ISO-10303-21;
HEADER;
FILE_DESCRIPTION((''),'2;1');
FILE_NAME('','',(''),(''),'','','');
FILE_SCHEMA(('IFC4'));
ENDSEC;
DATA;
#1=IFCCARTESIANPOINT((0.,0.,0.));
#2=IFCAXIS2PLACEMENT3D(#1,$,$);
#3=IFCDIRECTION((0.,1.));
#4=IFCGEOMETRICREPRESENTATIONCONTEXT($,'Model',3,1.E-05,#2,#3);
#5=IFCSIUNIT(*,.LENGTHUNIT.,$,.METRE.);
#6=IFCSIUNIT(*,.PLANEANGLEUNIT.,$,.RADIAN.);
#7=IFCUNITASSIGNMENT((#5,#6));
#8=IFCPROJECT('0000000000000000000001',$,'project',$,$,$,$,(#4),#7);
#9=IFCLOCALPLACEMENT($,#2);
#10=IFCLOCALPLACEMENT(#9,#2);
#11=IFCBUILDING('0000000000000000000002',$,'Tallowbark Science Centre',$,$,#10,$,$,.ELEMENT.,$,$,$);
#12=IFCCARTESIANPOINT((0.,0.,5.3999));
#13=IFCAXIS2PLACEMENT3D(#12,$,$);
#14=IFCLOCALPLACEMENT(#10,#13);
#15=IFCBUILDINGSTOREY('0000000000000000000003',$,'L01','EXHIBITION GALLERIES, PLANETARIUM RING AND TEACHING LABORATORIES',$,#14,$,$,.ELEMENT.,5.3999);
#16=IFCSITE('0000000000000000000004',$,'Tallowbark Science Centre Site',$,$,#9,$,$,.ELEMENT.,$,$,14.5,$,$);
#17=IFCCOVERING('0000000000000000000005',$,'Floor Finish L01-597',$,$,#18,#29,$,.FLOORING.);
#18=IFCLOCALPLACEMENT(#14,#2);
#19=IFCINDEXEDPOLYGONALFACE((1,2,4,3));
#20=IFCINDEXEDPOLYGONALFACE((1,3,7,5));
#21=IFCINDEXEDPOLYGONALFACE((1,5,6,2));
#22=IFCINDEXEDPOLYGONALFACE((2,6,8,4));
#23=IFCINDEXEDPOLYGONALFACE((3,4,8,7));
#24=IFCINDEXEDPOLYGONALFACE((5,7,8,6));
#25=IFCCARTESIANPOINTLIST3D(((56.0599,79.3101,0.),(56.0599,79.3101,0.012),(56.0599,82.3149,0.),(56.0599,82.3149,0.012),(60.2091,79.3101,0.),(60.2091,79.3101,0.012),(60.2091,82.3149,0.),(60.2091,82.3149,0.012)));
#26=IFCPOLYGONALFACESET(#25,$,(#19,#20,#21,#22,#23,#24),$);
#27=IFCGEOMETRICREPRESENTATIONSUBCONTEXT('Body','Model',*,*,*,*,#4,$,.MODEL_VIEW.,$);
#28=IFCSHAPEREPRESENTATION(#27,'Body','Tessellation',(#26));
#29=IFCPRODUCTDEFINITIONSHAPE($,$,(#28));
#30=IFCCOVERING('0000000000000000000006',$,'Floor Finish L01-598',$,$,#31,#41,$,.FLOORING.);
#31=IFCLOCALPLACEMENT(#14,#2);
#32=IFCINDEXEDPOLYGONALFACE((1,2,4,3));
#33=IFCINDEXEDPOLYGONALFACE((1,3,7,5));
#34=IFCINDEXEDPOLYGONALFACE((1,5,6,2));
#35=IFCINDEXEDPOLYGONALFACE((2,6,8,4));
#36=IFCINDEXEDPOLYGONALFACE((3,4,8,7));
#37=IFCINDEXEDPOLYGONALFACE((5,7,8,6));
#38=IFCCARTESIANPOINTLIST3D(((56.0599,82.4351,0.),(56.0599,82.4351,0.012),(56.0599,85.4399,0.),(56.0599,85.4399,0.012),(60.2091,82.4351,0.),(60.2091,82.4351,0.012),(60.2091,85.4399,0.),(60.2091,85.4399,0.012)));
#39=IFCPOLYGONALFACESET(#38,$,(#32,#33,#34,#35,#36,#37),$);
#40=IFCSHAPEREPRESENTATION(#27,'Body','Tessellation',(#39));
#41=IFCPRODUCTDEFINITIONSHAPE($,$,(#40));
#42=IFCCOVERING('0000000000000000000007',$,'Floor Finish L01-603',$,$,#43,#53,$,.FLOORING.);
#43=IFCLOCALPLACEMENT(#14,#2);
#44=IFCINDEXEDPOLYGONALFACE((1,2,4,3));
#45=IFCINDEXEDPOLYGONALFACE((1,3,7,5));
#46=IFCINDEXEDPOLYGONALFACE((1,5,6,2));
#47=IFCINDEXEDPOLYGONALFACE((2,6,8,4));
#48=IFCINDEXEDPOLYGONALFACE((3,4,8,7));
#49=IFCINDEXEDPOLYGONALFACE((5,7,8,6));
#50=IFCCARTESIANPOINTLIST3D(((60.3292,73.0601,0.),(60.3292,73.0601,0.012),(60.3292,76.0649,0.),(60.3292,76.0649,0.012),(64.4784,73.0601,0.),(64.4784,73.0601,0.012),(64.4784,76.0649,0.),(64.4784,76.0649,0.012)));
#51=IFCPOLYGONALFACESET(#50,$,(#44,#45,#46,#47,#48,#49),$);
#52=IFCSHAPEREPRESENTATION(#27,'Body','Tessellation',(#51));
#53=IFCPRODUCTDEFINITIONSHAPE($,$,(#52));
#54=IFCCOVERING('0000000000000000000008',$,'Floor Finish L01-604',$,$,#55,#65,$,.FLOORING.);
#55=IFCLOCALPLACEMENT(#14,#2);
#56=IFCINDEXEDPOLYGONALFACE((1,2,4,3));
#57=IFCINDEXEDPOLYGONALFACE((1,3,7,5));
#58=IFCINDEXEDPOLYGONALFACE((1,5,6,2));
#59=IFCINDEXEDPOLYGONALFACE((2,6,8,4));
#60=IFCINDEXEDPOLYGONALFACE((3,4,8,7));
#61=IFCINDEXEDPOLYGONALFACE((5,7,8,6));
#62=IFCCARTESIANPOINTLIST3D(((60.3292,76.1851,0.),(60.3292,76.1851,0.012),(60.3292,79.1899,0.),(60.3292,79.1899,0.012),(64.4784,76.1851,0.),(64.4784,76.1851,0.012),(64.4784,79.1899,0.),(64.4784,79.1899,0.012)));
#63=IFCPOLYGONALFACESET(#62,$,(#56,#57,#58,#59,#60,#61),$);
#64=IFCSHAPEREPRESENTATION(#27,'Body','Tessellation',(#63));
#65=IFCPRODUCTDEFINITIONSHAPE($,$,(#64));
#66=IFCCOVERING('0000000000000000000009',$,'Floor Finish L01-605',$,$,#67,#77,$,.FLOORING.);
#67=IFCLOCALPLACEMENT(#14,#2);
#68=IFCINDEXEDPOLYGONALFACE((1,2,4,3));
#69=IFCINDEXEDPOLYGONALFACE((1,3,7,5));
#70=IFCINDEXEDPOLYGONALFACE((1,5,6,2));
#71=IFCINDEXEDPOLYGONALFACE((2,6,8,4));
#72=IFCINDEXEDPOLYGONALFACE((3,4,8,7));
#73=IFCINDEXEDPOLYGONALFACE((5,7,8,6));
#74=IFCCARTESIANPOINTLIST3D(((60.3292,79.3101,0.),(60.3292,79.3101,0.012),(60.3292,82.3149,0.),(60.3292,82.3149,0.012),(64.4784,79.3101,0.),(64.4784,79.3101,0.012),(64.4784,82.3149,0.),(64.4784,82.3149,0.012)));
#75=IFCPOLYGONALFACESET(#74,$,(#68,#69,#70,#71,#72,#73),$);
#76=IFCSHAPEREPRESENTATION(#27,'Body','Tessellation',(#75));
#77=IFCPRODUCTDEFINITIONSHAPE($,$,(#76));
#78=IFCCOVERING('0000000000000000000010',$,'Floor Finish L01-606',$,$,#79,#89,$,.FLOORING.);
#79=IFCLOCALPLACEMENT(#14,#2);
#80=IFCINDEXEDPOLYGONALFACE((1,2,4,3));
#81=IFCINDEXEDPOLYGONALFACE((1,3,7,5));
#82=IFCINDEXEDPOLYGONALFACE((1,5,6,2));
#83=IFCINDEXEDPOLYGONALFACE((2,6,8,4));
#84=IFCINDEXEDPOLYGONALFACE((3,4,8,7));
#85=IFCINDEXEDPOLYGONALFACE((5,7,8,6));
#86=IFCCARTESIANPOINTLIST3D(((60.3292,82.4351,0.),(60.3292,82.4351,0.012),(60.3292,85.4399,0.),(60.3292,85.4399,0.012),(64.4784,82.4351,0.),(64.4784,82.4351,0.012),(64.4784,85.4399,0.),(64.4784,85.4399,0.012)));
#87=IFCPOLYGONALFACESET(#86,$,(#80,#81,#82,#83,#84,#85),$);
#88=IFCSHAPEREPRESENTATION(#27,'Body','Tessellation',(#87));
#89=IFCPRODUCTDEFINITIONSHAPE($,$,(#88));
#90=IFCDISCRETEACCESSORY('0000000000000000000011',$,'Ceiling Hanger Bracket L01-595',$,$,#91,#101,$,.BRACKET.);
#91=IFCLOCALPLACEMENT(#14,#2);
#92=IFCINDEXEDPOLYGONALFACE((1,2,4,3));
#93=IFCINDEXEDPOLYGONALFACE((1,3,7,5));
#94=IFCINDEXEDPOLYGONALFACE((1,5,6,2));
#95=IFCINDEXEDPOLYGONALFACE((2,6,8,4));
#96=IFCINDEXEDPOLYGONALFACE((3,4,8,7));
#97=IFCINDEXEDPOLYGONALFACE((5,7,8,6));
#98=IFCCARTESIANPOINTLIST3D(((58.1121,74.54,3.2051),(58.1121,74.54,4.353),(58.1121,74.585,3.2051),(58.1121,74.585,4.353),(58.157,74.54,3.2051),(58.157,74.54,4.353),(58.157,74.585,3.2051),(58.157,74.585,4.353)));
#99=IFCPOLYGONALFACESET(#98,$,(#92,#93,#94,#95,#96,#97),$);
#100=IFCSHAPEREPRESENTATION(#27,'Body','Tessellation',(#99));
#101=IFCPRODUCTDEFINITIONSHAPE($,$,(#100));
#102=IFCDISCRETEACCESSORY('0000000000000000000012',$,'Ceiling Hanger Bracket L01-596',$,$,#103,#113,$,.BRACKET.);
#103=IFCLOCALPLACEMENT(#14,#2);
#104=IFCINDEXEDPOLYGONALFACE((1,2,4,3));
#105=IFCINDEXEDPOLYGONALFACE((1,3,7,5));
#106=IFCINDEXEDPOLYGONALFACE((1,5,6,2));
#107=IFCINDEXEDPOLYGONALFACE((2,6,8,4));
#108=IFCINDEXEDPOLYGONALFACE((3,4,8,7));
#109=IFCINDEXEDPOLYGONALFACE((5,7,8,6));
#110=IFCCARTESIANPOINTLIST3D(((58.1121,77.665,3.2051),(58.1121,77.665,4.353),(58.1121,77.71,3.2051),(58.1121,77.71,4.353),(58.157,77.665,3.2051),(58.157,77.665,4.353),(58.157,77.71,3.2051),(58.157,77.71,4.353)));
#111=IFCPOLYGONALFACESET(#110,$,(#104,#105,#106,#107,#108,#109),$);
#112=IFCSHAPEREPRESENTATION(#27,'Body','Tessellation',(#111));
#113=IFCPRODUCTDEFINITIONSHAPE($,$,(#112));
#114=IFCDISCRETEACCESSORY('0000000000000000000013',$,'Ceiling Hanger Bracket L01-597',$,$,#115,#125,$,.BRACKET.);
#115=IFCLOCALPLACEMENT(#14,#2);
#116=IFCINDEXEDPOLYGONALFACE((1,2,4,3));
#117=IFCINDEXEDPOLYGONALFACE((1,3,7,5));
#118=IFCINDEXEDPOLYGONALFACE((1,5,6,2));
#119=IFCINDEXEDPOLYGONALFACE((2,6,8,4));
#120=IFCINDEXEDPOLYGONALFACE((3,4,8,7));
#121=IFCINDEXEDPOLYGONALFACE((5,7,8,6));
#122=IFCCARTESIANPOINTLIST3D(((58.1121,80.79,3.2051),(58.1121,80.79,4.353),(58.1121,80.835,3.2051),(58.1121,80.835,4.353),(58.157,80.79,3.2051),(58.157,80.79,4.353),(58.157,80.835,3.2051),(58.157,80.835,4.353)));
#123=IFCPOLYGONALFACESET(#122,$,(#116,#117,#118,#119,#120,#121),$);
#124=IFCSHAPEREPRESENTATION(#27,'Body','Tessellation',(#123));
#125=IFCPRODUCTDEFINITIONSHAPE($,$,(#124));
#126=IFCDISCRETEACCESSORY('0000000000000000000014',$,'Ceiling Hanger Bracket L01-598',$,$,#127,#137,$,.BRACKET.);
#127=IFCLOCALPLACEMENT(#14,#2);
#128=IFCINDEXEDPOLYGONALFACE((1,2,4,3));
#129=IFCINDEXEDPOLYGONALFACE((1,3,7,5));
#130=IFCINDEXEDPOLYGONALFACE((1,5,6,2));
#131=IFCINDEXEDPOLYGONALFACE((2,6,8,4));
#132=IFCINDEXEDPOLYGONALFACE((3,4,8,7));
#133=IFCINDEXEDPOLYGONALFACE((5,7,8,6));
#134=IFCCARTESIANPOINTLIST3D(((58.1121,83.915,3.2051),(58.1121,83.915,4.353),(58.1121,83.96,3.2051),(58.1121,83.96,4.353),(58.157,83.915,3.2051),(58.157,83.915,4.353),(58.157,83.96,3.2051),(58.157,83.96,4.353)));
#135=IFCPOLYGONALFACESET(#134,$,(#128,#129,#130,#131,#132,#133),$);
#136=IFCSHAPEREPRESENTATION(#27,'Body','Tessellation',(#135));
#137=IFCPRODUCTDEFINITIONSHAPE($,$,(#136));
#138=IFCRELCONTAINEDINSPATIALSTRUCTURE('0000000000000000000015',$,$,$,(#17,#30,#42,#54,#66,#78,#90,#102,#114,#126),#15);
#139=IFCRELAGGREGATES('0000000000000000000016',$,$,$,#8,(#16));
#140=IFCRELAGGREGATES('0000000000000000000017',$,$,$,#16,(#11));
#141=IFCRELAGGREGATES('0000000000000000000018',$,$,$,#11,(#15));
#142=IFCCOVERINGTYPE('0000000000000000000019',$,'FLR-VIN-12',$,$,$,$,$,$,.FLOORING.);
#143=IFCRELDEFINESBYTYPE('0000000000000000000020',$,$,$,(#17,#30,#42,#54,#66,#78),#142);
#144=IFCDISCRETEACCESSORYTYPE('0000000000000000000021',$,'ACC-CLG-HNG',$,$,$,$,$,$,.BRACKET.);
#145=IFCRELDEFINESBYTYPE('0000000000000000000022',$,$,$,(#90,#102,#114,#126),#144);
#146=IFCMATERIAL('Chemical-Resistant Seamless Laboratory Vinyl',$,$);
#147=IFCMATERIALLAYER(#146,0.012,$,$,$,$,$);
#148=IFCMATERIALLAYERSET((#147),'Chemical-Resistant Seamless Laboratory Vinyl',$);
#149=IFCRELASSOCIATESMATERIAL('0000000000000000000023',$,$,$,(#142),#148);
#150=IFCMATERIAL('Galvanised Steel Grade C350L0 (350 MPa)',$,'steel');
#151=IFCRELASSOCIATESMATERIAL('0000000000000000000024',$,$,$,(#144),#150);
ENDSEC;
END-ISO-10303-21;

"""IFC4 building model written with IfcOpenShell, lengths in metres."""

from ifc_helpers import new_model, si_unit, direction, frame, origin, origin_2d, place, context, subcontext, project, spatial, rectangle, extrude, material, layer, layer_set, type_object, element, save


model = new_model("IFC4")

# Units and contexts
model_context = context("Model", 3, precision=1e-05, world=origin(), true_north=direction((0.0, 1.0)))
body_context = subcontext(model_context, "Body", "Model", "MODEL_VIEW")
ifc_project = project(units=[si_unit("LENGTHUNIT", "METRE"), si_unit("PLANEANGLEUNIT", "RADIAN")], contexts=[model_context])

# Site, building, storey
site_placement = place(None, origin())
site = spatial("IfcSite", under=ifc_project, at=site_placement, Name="Tallowbark Science Centre Site", CompositionType="ELEMENT", RefElevation=14.5)
building_placement = place(site_placement, origin())
building = spatial("IfcBuilding", under=site, at=building_placement, Name="Tallowbark Science Centre", CompositionType="ELEMENT")
storey_placement = place(building_placement, frame((0.0, 0.0, 5.3999)))
storey = spatial("IfcBuildingStorey", under=building, at=storey_placement, Name="L01", Description="EXHIBITION GALLERIES, PLANETARIUM RING AND TEACHING LABORATORIES", CompositionType="ELEMENT", Elevation=5.3999)

# Coverings
ifc_material_1 = material(Name="Chemical-Resistant Seamless Laboratory Vinyl")
ifc_layer_1 = layer(ifc_material_1, 0.012)
ifc_layer_set_1 = layer_set([ifc_layer_1], Name="Chemical-Resistant Seamless Laboratory Vinyl")
covering_type_1 = type_object("IfcCoveringType", Name="FLR-VIN-12", PredefinedType="FLOORING", material=ifc_layer_set_1)
for number, where, z_axis, x_axis, name in (
    (1, (58.1345, 80.8125, 0.0), (0.0, 0.0, 1.0), (1.0, 0.0, 0.0), "Floor Finish L01-597"),
    (2, (58.1345, 83.9375, 0.0), (0.0, 0.0, 1.0), (1.0, 0.0, 0.0), "Floor Finish L01-598"),
    (3, (62.4038, 74.5625, 0.0), (0.0, 0.0, 1.0), (1.0, 0.0, 0.0), "Floor Finish L01-603"),
    (4, (62.4038, 77.6875, 0.0), (0.0, 0.0, 1.0), (1.0, 0.0, 0.0), "Floor Finish L01-604"),
    (5, (62.4038, 80.8125, 0.0), (0.0, 0.0, 1.0), (1.0, 0.0, 0.0), "Floor Finish L01-605"),
    (6, (62.4038, 83.9375, 0.0), (0.0, 0.0, 1.0), (1.0, 0.0, 0.0), "Floor Finish L01-606"),
):
    element("IfcCovering", number, at=place(storey_placement, frame(where, z_axis=z_axis, x_axis=x_axis)), inside=storey, type_object=covering_type_1, Name=name, PredefinedType="FLOORING", context=body_context, shape_type="SweptSolid", body=[
        extrude(rectangle(XDim=4.1492, YDim=3.0049, at=origin_2d()), origin(), (0.0, 0.0, 1.0), 0.012),
    ])

# Discrete accessories
ifc_material_2 = material(Name="Galvanised Steel Grade C350L0 (350 MPa)", Category="steel")
discrete_accessory_type = type_object("IfcDiscreteAccessoryType", Name="ACC-CLG-HNG", PredefinedType="BRACKET", material=ifc_material_2)
for number, where, z_axis, x_axis, name in (
    (7, (58.1345, 74.5625, 3.2051), (0.0, 0.0, 1.0), (1.0, 0.0, 0.0), "Ceiling Hanger Bracket L01-595"),
    (8, (58.1345, 77.6875, 3.2051), (0.0, 0.0, 1.0), (1.0, 0.0, 0.0), "Ceiling Hanger Bracket L01-596"),
    (9, (58.1345, 80.8125, 3.2051), (0.0, 0.0, 1.0), (1.0, 0.0, 0.0), "Ceiling Hanger Bracket L01-597"),
    (10, (58.1345, 83.9375, 3.2051), (0.0, 0.0, 1.0), (1.0, 0.0, 0.0), "Ceiling Hanger Bracket L01-598"),
):
    element("IfcDiscreteAccessory", number, at=place(storey_placement, frame(where, z_axis=z_axis, x_axis=x_axis)), inside=storey, type_object=discrete_accessory_type, Name=name, PredefinedType="BRACKET", context=body_context, shape_type="SweptSolid", body=[
        extrude(rectangle(XDim=0.0449, YDim=0.0449, at=origin_2d()), origin(), (0.0, 0.0, 1.0), 1.1479),
    ])

save(model, "model.ifc")
